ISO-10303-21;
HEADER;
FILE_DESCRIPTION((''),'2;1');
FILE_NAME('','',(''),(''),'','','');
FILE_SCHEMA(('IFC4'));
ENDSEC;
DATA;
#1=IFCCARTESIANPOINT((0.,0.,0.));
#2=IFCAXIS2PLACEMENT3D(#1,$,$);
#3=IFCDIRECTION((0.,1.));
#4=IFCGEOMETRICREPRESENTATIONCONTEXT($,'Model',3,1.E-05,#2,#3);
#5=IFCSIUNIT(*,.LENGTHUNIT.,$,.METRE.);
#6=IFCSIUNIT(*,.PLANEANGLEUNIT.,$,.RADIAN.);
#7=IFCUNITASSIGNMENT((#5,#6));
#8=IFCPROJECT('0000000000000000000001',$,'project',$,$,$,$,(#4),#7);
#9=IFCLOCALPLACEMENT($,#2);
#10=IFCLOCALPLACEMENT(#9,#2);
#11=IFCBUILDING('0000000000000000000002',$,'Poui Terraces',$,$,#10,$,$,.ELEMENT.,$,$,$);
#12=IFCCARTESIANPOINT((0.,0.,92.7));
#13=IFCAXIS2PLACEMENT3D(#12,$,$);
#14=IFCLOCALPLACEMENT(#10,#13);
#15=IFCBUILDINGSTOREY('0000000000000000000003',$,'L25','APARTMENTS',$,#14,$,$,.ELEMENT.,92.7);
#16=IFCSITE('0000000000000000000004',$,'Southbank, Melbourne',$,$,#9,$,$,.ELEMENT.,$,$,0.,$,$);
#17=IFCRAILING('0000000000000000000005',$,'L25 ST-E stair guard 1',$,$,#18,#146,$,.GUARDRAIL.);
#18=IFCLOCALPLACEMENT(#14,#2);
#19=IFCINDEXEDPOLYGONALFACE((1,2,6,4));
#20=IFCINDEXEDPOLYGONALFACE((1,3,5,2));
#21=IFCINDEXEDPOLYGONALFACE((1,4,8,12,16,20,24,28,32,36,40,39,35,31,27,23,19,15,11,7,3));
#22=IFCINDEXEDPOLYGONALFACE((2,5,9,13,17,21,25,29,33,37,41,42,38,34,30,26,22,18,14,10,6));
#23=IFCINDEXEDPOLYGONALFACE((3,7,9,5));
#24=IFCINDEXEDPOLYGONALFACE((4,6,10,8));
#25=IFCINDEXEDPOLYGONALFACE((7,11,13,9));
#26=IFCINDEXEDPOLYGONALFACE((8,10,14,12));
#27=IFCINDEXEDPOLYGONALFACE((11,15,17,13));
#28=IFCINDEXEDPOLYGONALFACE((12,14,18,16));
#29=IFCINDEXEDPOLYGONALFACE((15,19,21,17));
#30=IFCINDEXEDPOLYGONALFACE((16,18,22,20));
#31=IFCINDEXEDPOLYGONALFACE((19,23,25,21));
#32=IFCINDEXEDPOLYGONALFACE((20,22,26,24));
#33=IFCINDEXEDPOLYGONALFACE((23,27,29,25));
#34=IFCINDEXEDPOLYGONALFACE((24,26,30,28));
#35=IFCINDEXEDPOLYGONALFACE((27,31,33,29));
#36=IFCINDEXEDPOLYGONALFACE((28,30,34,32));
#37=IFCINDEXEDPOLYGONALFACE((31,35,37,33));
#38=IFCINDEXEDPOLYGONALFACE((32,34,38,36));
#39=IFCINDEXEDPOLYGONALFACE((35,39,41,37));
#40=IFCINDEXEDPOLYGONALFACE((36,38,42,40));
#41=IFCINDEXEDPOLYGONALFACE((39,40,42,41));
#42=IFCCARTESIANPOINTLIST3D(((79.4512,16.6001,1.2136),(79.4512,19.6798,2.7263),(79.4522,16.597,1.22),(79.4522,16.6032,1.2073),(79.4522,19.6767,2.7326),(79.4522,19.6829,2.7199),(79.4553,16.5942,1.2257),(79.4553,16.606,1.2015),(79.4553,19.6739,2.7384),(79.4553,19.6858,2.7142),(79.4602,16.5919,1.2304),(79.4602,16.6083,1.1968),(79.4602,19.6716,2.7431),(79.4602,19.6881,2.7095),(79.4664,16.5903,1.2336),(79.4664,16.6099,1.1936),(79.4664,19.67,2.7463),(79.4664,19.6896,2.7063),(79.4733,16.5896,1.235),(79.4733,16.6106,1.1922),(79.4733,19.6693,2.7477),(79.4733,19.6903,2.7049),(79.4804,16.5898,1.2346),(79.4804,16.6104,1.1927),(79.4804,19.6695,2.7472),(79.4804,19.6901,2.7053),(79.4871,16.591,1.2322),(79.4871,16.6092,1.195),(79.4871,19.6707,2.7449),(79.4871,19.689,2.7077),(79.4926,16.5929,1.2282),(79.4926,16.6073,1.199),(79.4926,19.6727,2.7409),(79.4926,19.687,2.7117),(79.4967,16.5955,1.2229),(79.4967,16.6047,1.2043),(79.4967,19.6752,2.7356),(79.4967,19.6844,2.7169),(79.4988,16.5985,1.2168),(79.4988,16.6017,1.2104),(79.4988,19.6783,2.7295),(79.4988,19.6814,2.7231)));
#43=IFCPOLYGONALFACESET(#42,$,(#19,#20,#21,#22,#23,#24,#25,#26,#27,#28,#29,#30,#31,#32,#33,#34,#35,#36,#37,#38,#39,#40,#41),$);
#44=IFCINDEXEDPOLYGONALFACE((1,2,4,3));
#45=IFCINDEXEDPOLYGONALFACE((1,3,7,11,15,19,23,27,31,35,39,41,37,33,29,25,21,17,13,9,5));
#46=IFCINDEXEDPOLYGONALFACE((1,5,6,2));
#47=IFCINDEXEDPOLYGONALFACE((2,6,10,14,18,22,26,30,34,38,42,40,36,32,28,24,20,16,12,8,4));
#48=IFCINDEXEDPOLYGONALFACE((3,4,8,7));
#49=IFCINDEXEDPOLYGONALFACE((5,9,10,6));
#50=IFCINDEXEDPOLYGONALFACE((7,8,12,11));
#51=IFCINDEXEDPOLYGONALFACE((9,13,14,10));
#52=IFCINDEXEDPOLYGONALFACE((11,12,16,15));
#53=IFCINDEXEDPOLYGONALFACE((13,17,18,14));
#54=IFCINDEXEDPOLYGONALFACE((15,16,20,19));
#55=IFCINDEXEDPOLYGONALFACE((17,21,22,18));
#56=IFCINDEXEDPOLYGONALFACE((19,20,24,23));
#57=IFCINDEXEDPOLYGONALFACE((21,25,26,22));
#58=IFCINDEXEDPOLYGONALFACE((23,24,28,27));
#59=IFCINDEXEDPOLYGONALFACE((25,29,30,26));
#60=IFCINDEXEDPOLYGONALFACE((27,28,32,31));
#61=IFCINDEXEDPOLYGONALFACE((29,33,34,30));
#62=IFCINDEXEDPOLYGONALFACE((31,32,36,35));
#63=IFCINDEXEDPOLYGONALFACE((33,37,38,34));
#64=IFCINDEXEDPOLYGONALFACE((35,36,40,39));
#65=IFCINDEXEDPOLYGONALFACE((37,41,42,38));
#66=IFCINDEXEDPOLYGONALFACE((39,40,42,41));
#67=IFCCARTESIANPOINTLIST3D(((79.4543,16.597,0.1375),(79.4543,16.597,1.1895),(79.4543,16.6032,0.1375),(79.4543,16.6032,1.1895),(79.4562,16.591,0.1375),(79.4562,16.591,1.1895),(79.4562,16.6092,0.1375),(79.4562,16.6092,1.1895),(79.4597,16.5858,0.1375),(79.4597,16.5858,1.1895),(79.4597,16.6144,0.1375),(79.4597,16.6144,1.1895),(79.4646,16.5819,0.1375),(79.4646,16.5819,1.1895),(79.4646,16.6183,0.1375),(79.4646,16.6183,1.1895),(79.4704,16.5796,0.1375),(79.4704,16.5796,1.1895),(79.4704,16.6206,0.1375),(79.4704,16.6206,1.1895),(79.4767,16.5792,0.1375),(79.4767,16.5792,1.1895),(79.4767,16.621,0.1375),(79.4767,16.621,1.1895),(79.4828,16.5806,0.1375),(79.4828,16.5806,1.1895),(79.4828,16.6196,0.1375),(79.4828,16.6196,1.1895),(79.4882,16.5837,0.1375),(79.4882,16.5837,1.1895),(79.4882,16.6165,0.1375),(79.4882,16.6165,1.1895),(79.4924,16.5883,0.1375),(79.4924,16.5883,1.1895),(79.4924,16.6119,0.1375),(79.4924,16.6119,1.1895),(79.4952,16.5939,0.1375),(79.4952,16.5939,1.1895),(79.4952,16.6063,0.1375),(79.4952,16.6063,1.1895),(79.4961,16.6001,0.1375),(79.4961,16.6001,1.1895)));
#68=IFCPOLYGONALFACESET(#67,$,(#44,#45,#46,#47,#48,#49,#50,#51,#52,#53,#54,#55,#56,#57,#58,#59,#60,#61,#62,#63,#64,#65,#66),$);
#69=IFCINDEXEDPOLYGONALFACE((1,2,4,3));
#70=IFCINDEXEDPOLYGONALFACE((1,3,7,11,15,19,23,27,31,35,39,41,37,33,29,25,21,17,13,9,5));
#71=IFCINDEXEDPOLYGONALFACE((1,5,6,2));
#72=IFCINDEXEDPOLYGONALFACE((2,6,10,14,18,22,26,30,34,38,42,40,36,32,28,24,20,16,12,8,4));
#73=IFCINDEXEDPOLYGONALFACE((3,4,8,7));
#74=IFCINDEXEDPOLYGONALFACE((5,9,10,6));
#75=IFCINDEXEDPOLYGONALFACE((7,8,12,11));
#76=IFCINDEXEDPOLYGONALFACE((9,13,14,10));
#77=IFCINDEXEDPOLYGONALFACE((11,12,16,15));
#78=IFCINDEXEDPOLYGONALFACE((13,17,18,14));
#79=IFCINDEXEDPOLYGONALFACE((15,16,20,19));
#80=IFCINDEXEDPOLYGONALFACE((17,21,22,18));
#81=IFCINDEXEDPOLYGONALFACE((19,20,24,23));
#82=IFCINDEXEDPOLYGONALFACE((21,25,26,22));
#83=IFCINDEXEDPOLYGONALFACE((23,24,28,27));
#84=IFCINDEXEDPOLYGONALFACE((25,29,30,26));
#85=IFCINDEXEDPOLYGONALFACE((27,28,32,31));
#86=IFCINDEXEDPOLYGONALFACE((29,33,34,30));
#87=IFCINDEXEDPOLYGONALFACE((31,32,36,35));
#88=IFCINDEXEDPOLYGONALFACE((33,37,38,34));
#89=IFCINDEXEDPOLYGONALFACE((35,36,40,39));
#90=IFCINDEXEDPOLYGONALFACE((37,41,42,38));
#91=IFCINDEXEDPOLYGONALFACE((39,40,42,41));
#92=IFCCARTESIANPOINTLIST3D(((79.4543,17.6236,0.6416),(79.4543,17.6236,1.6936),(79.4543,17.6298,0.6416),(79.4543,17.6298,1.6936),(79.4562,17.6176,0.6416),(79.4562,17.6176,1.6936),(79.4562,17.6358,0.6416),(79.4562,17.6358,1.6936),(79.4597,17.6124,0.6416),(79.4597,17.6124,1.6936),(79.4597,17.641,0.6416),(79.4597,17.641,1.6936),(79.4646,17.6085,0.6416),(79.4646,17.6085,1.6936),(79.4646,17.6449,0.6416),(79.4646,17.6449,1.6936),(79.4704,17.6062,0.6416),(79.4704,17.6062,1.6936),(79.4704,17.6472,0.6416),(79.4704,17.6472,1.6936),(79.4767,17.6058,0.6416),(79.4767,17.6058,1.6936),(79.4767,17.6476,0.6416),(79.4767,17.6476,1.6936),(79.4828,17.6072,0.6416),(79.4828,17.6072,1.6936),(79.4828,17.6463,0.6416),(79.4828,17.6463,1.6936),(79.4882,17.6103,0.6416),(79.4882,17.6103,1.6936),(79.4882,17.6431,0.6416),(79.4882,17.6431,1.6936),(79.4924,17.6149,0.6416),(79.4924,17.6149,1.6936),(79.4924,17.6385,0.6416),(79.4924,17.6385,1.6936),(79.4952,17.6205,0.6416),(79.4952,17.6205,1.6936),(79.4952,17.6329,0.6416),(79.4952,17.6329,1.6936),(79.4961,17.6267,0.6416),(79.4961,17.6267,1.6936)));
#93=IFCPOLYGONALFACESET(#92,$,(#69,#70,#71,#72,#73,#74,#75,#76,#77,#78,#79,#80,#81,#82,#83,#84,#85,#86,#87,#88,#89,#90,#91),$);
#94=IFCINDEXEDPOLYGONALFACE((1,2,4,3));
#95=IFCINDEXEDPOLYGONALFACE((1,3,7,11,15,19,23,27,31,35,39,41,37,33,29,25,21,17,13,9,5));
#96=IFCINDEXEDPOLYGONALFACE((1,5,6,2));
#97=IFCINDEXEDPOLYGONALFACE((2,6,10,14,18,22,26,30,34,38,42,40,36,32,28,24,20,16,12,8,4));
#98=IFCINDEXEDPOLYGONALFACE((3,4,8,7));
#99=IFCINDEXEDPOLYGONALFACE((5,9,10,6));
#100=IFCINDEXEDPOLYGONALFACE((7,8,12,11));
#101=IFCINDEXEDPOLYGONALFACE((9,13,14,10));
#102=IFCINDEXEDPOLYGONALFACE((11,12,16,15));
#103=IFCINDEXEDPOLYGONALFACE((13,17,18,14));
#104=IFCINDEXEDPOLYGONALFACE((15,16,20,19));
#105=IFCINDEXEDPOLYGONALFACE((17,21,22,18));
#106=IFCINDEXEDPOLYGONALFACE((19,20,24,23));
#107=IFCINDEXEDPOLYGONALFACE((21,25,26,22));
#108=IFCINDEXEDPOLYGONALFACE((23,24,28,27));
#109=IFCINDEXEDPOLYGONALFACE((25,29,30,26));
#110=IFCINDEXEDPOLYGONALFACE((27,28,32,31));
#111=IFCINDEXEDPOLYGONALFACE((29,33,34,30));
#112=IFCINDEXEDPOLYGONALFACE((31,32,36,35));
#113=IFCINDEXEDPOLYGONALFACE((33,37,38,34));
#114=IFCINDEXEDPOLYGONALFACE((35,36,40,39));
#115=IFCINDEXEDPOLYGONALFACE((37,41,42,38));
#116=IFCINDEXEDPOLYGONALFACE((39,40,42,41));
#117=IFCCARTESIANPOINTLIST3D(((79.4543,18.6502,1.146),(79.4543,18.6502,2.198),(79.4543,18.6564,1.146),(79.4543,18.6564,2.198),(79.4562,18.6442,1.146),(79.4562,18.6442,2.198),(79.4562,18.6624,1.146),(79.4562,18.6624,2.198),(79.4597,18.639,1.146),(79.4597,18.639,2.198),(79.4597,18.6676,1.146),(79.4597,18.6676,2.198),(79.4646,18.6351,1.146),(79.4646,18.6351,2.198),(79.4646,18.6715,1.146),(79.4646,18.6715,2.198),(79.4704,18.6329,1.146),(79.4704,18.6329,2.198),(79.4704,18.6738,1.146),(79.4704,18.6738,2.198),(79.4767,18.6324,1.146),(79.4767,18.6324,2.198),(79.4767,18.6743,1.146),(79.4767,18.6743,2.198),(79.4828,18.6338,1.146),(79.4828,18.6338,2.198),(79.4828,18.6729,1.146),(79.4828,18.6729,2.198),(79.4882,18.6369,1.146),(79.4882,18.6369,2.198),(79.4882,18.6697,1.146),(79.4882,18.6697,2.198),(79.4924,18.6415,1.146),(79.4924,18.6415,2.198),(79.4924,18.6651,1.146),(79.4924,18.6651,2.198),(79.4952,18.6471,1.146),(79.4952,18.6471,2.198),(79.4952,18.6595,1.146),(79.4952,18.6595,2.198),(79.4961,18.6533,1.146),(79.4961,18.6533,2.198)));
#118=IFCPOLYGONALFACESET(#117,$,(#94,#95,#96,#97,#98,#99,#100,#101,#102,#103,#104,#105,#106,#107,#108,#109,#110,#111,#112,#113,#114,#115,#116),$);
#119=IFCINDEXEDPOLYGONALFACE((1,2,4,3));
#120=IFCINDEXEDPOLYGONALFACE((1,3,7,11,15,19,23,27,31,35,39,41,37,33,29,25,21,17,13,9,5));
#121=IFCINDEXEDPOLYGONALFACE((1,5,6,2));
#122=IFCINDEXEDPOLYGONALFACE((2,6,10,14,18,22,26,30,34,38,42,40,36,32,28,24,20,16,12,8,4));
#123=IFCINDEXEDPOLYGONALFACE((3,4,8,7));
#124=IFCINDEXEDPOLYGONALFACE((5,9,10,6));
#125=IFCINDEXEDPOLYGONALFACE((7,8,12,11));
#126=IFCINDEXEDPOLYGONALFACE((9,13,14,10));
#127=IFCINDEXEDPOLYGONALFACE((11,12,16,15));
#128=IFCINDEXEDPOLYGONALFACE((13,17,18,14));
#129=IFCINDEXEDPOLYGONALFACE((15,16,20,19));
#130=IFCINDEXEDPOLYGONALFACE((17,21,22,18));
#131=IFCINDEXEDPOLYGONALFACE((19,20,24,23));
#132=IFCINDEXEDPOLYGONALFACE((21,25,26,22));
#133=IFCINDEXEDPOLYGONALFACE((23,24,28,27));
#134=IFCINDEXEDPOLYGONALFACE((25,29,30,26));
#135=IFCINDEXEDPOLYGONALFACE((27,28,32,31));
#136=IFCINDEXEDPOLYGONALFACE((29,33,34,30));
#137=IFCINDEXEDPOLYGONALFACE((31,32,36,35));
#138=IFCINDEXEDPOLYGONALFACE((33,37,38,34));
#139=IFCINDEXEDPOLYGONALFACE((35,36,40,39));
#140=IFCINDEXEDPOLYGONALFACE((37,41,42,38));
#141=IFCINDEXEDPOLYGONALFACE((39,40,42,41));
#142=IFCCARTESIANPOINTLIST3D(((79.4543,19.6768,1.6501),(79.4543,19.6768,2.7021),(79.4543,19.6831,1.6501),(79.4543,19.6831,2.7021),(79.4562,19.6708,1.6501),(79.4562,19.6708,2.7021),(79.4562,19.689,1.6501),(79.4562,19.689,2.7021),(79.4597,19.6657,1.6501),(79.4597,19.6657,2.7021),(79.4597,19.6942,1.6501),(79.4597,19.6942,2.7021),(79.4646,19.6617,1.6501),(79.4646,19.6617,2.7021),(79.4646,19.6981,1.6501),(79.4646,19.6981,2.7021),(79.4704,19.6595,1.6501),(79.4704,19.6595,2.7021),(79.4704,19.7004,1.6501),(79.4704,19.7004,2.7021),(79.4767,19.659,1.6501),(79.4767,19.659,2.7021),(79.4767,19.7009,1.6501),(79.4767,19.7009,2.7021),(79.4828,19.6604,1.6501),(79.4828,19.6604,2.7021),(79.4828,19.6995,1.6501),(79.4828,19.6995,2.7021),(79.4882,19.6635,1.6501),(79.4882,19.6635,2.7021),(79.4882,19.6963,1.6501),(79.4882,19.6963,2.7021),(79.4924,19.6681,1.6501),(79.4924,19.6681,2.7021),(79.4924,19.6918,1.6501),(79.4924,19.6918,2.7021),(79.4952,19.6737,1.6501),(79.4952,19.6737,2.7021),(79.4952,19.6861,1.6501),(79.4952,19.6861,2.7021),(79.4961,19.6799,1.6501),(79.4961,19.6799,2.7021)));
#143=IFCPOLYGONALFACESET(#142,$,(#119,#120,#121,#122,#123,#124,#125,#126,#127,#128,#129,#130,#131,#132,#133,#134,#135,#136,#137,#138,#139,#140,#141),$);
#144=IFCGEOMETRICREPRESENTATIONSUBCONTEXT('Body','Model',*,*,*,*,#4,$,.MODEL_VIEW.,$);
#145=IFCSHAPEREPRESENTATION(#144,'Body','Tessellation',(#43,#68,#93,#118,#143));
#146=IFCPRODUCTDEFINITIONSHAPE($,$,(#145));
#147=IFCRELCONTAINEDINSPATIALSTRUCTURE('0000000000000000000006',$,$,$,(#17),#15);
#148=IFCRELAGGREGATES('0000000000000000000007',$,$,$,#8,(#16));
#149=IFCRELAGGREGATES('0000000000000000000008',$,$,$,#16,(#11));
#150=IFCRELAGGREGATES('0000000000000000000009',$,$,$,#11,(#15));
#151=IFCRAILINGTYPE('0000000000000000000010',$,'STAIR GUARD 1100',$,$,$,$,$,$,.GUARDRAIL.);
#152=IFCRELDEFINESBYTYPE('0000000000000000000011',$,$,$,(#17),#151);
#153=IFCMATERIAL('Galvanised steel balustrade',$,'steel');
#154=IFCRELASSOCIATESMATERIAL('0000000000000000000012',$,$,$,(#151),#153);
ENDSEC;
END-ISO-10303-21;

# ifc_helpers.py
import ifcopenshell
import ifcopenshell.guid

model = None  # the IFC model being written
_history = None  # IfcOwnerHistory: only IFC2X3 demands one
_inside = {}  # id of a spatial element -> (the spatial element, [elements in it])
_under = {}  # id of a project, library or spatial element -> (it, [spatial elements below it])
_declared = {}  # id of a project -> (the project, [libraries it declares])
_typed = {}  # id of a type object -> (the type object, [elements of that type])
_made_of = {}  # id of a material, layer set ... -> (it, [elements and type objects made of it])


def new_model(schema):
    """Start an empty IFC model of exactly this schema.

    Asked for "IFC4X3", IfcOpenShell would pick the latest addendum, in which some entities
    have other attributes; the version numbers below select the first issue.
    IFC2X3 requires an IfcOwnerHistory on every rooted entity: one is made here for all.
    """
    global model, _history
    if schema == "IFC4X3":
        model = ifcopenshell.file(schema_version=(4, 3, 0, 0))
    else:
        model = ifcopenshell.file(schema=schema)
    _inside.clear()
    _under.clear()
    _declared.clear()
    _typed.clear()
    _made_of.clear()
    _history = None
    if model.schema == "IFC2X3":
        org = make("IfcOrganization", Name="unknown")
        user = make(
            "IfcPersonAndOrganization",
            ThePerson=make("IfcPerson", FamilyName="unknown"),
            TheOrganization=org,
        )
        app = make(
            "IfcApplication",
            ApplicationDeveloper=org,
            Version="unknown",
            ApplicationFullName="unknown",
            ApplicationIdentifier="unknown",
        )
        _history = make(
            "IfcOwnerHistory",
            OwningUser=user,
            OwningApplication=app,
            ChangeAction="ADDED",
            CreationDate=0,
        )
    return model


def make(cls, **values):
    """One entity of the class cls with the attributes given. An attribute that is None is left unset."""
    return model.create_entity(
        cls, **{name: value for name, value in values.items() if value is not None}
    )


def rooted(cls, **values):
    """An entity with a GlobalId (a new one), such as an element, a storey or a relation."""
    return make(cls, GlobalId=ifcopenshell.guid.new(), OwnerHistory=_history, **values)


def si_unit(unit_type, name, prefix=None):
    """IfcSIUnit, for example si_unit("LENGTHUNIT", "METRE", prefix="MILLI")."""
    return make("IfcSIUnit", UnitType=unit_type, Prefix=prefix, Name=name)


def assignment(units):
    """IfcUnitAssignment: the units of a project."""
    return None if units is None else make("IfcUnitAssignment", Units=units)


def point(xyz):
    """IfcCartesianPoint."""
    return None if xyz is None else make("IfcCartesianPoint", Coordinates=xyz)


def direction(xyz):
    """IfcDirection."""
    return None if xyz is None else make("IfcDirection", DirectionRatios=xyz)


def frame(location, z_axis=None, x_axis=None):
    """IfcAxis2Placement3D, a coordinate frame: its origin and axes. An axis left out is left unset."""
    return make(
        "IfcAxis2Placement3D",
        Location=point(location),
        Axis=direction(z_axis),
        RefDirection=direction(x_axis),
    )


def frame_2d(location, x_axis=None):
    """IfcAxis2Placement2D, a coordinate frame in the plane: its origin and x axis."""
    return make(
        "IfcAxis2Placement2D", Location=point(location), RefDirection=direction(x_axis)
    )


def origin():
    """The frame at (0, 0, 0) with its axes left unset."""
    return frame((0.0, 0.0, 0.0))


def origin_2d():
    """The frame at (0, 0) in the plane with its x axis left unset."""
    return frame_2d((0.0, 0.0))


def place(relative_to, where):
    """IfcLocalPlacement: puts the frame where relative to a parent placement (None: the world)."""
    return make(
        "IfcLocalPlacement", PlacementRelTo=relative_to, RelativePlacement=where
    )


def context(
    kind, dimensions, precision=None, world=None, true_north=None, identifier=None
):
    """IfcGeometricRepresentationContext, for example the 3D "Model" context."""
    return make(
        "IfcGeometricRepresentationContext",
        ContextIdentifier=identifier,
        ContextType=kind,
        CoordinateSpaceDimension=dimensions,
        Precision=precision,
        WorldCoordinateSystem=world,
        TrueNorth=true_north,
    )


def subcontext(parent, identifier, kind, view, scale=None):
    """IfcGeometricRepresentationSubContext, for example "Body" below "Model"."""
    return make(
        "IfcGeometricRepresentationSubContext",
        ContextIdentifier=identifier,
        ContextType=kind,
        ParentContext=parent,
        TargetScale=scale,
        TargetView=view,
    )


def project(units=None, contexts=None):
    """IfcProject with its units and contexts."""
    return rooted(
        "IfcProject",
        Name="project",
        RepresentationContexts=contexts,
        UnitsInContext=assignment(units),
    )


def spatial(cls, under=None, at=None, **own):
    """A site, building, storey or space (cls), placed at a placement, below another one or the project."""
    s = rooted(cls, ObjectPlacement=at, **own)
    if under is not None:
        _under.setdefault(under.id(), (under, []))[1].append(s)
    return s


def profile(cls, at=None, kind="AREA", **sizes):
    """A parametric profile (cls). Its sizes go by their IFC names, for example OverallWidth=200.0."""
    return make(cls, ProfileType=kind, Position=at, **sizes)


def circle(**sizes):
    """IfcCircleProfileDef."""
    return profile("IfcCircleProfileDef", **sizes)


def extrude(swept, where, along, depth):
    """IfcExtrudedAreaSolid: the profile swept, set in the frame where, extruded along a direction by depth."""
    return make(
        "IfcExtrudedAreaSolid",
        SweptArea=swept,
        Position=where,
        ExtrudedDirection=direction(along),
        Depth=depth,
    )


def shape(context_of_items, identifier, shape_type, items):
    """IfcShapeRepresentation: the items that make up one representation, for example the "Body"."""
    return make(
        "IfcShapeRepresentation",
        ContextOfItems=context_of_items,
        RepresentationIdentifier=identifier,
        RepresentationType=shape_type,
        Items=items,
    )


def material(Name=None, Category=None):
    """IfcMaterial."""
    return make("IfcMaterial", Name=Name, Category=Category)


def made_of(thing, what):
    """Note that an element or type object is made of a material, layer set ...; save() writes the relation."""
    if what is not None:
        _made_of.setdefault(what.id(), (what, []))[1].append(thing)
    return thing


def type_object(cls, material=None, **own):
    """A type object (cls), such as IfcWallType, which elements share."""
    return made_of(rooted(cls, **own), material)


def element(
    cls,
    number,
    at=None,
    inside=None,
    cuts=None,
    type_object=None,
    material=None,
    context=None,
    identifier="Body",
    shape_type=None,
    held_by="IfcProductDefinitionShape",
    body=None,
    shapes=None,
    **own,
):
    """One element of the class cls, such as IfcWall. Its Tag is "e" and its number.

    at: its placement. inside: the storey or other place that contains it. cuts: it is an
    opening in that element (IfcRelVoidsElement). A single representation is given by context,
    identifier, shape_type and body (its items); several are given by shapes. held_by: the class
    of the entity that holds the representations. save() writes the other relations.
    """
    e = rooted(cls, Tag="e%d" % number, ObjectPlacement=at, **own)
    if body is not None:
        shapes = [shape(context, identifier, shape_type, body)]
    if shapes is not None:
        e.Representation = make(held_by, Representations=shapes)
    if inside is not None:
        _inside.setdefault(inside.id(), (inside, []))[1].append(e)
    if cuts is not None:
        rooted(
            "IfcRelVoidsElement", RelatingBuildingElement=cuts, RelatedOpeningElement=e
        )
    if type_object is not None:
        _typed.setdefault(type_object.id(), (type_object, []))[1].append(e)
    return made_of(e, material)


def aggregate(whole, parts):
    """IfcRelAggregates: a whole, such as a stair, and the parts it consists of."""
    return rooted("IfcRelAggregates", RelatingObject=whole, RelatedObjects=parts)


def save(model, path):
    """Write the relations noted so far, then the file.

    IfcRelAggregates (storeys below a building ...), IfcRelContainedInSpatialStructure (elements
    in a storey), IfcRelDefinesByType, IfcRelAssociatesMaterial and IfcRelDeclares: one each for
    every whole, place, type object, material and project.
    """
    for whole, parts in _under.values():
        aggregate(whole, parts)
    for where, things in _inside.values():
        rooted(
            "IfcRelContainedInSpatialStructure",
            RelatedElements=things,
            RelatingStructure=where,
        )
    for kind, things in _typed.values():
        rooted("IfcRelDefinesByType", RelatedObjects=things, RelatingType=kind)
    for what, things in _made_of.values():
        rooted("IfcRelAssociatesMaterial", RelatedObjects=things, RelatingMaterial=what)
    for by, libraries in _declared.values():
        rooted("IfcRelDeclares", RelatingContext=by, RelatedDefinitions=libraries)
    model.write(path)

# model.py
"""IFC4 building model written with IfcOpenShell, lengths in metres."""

from ifc_helpers import new_model, si_unit, direction, frame, origin, origin_2d, place, context, subcontext, project, spatial, circle, extrude, material, type_object, element, save


model = new_model("IFC4")

# Units and contexts
model_context = context("Model", 3, precision=1e-05, world=origin(), true_north=direction((0.0, 1.0)))
body_context = subcontext(model_context, "Body", "Model", "MODEL_VIEW")
ifc_project = project(units=[si_unit("LENGTHUNIT", "METRE"), si_unit("PLANEANGLEUNIT", "RADIAN")], contexts=[model_context])

# Site, building, storey
site_placement = place(None, origin())
site = spatial("IfcSite", under=ifc_project, at=site_placement, Name="Southbank, Melbourne", CompositionType="ELEMENT", RefElevation=0.0)
building_placement = place(site_placement, origin())
building = spatial("IfcBuilding", under=site, at=building_placement, Name="Poui Terraces", CompositionType="ELEMENT")
storey_placement = place(building_placement, frame((0.0, 0.0, 92.7)))
storey = spatial("IfcBuildingStorey", under=building, at=storey_placement, Name="L25", Description="APARTMENTS", CompositionType="ELEMENT", Elevation=92.7)

# Railing
ifc_material_1 = material(Name="Galvanised steel balustrade", Category="steel")
railing_type_1 = type_object("IfcRailingType", Name="STAIR GUARD 1100", PredefinedType="GUARDRAIL", material=ifc_material_1)
for number, where, name in (
    (1, (79.4751, 16.6001, 0.1375), "L25 ST-E stair guard 1"),
):
    element("IfcRailing", number, at=place(storey_placement, frame(where)), inside=storey, type_object=railing_type_1, Name=name, PredefinedType="GUARDRAIL", context=body_context, shape_type="SweptSolid", body=[
        extrude(circle(Radius=0.0239, at=origin_2d()), frame((0.0, 0.0, 1.0762), z_axis=(0.0, 0.897578, 0.440856), x_axis=(-1.0, 0.0, 0.0)), (0.0, 0.0, 1.0), 3.4312),
        extrude(circle(Radius=0.021, at=origin_2d()), origin(), (0.0, 0.0, 1.0), 1.052),
        extrude(circle(Radius=0.021, at=origin_2d()), frame((0.0, 1.0266, 0.5042)), (0.0, 0.0, 1.0), 1.052),
        extrude(circle(Radius=0.021, at=origin_2d()), frame((0.0, 2.0532, 1.0085)), (0.0, 0.0, 1.0), 1.052),
        extrude(circle(Radius=0.021, at=origin_2d()), frame((0.0, 3.0798, 1.5127)), (0.0, 0.0, 1.0), 1.052),
    ])

save(model, "model.ifc")
